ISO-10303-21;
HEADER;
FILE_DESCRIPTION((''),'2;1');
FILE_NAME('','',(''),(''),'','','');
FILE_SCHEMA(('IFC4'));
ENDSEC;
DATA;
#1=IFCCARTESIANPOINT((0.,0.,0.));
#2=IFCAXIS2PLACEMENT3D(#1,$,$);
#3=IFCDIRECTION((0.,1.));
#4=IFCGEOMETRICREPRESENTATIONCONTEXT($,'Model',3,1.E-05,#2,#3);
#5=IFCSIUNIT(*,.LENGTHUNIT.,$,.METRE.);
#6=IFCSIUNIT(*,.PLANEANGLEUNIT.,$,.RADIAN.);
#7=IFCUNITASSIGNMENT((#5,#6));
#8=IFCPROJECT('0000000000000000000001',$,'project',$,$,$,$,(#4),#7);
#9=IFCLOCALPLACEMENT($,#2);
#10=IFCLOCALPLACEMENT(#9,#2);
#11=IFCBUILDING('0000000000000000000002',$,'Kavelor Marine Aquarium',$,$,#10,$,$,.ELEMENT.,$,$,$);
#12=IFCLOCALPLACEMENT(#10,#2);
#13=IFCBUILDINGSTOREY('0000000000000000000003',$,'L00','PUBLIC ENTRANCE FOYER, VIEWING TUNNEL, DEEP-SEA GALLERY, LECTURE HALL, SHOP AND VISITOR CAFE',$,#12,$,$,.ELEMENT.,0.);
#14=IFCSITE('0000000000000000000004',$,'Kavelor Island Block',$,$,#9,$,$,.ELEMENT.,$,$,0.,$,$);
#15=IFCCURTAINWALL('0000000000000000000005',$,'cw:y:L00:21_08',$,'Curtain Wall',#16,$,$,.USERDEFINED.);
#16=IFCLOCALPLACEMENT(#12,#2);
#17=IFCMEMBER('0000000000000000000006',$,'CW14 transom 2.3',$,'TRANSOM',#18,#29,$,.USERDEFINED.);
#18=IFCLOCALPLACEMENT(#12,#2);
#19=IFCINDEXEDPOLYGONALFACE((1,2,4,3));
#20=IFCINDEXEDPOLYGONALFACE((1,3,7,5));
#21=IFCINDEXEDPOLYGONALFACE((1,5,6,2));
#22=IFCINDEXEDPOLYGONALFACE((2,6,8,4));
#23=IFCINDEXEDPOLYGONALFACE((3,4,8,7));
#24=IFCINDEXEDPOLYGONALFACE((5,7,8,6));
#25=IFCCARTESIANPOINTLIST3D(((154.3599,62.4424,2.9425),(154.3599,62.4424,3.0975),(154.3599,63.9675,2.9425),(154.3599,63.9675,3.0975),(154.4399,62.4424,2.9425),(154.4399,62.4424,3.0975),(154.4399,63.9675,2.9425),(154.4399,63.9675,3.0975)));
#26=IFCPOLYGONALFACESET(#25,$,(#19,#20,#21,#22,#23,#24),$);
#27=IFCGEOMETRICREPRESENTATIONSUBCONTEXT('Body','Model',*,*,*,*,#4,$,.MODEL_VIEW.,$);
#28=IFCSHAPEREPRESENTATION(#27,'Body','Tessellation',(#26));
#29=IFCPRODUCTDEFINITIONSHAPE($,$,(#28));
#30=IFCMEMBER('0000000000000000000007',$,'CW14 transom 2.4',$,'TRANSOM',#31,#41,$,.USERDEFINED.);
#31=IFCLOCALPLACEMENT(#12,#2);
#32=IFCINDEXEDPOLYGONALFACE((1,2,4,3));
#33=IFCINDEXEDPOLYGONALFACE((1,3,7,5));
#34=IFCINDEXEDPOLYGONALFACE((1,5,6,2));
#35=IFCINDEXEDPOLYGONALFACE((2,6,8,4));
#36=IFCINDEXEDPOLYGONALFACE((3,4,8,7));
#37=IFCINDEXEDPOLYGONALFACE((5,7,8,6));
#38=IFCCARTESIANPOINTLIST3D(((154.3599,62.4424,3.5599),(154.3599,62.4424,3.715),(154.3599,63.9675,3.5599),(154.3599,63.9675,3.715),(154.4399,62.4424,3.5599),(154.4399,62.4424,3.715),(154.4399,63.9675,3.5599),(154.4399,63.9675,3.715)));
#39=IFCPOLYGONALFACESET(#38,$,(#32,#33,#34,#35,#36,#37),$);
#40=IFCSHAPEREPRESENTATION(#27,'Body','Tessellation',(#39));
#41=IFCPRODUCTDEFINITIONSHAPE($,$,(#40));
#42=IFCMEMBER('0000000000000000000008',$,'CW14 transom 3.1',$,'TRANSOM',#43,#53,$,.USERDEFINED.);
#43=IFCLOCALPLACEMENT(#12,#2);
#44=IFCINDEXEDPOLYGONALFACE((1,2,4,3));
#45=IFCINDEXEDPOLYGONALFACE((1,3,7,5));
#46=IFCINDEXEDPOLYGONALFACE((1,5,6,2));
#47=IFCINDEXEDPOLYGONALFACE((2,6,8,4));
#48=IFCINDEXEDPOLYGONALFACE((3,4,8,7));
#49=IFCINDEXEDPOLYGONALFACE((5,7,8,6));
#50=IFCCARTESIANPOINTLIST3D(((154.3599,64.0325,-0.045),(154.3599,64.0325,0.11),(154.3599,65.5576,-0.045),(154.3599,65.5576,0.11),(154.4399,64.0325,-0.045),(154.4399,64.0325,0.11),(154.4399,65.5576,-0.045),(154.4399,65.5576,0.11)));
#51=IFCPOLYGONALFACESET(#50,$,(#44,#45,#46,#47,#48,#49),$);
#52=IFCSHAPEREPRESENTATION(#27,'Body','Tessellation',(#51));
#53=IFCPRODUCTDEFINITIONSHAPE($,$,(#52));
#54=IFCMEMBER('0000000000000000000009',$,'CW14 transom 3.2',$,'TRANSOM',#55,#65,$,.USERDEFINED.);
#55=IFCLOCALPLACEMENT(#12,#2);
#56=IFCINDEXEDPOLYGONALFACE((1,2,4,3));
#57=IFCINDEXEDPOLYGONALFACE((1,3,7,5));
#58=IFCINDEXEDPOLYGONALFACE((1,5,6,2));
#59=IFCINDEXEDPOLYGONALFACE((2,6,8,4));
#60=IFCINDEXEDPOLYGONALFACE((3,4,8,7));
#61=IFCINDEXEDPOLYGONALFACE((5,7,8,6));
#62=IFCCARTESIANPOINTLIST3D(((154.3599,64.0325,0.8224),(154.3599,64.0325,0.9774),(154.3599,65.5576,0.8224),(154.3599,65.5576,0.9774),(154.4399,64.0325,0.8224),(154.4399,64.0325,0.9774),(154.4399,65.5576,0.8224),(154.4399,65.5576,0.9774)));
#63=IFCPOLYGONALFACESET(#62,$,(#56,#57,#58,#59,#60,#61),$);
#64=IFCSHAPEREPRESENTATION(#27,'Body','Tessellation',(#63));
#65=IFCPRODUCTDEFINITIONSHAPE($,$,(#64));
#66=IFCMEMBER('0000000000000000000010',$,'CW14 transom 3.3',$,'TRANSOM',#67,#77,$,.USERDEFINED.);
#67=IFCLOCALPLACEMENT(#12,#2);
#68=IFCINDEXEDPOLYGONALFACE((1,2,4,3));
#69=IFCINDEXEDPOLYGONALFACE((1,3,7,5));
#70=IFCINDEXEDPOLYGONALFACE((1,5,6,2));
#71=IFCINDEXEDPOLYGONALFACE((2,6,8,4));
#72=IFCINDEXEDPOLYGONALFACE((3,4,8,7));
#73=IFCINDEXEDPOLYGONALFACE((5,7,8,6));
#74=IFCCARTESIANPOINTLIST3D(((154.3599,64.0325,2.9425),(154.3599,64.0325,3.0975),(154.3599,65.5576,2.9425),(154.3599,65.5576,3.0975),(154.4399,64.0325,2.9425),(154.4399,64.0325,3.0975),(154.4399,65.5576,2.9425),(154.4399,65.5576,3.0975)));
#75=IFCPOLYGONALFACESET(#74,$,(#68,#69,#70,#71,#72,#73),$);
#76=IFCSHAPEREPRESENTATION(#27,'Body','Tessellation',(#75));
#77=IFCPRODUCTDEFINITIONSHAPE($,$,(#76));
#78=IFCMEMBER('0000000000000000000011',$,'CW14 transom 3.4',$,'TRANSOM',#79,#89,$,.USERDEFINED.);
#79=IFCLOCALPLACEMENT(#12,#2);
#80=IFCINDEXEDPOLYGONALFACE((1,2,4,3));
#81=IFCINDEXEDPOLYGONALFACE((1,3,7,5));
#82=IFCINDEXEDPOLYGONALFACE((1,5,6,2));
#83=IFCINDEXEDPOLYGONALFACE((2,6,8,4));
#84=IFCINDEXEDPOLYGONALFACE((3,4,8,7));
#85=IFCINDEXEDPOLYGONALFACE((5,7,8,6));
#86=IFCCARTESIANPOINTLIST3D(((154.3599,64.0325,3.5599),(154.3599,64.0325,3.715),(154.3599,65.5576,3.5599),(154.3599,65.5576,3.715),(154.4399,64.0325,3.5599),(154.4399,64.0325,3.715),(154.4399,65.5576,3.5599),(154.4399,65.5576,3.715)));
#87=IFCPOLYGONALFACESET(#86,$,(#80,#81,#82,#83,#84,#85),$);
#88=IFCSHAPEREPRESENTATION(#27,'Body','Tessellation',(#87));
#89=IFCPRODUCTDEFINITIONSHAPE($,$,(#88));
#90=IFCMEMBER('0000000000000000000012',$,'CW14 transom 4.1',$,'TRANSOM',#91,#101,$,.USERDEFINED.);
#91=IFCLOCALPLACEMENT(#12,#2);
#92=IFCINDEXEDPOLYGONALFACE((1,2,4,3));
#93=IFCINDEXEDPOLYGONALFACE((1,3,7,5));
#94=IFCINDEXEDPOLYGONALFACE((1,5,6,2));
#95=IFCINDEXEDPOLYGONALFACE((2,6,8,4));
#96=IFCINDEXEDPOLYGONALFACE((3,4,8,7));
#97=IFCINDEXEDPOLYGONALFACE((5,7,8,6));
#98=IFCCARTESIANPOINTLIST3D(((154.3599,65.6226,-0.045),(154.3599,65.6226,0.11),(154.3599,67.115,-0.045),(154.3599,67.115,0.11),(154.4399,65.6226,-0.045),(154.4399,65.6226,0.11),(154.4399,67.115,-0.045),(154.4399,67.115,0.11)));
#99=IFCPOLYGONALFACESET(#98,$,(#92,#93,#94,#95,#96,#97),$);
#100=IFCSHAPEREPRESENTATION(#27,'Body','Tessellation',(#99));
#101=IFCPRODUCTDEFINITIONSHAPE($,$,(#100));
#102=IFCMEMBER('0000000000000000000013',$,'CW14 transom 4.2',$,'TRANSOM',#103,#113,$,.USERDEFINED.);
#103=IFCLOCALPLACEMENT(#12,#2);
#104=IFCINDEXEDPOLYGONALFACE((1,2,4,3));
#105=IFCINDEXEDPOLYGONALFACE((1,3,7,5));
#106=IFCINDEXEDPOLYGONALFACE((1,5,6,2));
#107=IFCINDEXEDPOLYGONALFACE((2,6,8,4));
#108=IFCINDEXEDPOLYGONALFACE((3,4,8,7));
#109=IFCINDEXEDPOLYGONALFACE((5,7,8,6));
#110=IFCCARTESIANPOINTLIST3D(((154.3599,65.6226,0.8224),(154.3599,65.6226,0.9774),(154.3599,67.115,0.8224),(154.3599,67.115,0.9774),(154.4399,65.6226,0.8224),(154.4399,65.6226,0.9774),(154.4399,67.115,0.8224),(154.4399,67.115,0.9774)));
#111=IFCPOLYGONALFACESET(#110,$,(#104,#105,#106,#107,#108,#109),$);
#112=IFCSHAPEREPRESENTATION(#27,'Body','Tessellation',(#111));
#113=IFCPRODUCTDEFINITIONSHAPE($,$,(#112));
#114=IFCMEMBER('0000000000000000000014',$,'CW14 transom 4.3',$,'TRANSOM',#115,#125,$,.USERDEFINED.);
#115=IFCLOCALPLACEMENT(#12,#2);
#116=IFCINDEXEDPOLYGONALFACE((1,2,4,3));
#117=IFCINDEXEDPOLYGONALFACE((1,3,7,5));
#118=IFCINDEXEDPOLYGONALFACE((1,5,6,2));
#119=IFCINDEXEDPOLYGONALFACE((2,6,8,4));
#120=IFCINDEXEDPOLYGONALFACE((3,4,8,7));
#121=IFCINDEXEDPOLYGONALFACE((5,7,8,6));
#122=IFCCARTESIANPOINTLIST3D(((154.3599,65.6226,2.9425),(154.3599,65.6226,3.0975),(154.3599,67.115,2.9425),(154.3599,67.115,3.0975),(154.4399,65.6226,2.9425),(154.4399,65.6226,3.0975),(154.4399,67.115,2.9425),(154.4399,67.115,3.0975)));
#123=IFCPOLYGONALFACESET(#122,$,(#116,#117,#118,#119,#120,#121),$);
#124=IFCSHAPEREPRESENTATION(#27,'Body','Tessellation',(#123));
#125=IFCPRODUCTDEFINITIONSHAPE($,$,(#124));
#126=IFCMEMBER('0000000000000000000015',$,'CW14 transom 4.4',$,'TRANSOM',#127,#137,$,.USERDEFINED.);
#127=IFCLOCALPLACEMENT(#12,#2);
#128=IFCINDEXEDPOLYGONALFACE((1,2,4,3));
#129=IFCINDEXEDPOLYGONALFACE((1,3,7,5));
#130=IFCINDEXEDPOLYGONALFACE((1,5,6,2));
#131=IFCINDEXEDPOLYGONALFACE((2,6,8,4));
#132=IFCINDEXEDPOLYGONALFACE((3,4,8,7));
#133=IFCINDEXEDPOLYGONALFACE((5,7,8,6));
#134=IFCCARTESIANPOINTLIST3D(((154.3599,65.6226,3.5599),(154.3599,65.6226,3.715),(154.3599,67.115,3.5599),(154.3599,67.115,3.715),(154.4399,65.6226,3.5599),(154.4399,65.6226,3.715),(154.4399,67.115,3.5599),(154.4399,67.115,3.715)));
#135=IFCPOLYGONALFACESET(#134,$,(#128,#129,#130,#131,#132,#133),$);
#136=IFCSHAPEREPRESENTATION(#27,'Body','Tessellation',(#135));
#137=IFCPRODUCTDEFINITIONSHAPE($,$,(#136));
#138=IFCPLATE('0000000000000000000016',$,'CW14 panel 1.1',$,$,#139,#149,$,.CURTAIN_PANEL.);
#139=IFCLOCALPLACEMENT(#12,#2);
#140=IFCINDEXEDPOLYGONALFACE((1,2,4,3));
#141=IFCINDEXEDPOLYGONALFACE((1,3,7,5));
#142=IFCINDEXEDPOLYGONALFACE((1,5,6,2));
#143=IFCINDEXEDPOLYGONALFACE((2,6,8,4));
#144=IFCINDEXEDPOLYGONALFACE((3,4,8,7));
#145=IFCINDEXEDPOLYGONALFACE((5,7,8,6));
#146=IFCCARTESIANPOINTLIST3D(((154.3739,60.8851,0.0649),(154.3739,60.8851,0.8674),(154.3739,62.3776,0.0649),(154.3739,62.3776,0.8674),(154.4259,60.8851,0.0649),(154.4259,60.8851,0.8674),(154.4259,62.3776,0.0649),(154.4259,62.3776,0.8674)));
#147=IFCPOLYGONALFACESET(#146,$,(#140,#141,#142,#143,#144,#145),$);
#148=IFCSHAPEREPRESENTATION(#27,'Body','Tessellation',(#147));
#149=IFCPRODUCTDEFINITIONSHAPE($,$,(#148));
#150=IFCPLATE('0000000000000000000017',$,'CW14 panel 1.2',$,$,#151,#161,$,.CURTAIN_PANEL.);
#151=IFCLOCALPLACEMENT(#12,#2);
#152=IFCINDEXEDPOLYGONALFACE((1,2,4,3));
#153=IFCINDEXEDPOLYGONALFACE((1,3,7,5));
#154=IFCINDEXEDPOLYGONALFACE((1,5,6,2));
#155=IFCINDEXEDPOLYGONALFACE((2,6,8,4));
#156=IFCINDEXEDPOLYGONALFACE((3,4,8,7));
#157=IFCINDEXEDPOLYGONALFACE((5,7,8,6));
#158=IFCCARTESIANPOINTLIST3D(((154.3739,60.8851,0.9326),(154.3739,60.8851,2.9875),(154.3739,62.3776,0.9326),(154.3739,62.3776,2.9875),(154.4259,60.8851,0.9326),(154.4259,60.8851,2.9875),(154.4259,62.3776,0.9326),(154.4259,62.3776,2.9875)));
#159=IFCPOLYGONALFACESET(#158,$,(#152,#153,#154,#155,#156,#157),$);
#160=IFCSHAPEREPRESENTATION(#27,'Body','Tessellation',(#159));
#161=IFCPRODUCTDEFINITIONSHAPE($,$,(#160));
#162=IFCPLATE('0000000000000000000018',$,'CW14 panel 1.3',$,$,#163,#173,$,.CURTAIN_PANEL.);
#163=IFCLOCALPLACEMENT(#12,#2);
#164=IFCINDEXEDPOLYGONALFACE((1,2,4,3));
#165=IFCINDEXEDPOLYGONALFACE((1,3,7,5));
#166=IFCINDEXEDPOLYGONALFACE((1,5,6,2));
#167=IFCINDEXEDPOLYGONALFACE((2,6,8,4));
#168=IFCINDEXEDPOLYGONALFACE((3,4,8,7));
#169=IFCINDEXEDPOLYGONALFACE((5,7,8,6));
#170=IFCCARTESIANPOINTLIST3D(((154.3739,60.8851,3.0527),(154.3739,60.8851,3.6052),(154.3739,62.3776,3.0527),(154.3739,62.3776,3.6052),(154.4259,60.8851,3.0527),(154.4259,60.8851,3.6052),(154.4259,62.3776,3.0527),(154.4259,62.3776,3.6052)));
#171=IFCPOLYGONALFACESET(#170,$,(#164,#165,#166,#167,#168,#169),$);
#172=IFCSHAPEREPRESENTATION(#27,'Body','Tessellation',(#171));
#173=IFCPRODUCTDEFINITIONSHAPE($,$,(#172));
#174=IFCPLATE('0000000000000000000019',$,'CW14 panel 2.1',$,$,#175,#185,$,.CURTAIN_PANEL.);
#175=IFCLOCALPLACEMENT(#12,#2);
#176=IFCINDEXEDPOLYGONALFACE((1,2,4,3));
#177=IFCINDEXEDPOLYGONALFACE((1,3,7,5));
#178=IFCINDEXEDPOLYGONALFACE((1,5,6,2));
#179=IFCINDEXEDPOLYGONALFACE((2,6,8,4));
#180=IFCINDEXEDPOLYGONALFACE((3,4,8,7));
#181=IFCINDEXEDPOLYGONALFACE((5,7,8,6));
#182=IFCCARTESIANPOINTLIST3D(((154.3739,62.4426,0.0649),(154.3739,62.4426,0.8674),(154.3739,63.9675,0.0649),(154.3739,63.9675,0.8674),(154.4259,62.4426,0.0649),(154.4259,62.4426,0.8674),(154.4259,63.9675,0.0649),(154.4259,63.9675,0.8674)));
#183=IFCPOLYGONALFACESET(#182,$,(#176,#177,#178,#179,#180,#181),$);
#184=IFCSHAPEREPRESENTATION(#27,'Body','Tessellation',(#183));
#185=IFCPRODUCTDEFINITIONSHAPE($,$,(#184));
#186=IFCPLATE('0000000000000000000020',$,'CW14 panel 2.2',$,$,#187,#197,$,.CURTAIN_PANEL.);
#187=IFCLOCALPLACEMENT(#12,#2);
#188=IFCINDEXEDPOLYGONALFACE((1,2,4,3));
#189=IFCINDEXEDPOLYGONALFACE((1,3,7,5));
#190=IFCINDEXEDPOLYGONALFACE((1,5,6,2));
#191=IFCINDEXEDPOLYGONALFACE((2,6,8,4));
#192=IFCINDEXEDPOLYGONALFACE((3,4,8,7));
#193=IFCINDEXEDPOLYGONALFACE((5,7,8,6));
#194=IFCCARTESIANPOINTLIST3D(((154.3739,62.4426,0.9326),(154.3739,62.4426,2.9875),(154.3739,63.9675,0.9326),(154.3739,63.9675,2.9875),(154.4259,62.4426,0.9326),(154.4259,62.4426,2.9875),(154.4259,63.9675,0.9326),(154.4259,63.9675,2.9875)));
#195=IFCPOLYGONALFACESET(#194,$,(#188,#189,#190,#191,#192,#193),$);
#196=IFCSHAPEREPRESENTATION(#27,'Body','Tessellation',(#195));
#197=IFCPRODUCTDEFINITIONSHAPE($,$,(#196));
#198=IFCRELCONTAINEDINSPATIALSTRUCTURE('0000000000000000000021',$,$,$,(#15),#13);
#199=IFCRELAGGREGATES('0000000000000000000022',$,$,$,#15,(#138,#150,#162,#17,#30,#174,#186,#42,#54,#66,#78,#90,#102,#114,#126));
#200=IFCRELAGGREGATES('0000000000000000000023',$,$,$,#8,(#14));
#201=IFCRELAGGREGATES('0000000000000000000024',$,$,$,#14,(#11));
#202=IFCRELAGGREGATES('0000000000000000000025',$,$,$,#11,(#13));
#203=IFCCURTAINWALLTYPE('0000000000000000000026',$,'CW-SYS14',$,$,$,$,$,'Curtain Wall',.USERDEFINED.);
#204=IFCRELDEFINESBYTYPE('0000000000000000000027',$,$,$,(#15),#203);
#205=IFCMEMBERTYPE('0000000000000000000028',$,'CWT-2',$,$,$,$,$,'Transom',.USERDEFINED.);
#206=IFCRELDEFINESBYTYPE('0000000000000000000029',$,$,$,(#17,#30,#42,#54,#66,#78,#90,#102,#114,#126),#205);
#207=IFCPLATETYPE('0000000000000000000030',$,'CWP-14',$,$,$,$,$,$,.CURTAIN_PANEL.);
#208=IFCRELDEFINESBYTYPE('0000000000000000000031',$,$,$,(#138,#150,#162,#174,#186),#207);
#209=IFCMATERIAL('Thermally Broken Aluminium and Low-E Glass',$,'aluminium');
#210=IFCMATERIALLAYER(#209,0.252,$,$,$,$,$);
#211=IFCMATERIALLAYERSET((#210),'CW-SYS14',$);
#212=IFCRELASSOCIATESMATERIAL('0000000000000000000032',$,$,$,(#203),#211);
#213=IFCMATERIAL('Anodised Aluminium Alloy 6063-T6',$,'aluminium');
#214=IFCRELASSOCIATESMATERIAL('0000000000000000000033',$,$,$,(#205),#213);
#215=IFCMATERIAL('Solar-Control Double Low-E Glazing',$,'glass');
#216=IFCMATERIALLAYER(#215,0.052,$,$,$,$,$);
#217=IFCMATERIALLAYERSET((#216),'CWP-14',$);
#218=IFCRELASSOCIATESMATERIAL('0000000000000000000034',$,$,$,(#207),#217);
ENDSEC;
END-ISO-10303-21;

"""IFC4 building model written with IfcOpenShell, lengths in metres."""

from ifc_helpers import new_model, si_unit, direction, frame, origin, origin_2d, place, context, subcontext, project, spatial, rectangle, extrude, material, layer, layer_set, material_profile, profile_set, type_object, element, aggregate, save


model = new_model("IFC4")

# Units and contexts
model_context = context("Model", 3, precision=1e-05, world=origin(), true_north=direction((0.0, 1.0)))
body_context = subcontext(model_context, "Body", "Model", "MODEL_VIEW")
ifc_project = project(units=[si_unit("LENGTHUNIT", "METRE"), si_unit("PLANEANGLEUNIT", "RADIAN")], contexts=[model_context])

# Site, building, storey
site_placement = place(None, origin())
site = spatial("IfcSite", under=ifc_project, at=site_placement, Name="Kavelor Island Block", CompositionType="ELEMENT", RefElevation=0.0)
building_placement = place(site_placement, origin())
building = spatial("IfcBuilding", under=site, at=building_placement, Name="Kavelor Marine Aquarium", CompositionType="ELEMENT")
storey_placement = place(building_placement, origin())
storey = spatial("IfcBuildingStorey", under=building, at=storey_placement, Name="L00", Description="PUBLIC ENTRANCE FOYER, VIEWING TUNNEL, DEEP-SEA GALLERY, LECTURE HALL, SHOP AND VISITOR CAFE", CompositionType="ELEMENT", Elevation=0.0)

# Curtain wall, members, plates
ifc_material_1 = material(Name="Thermally Broken Aluminium and Low-E Glass", Category="aluminium")
ifc_layer_1 = layer(ifc_material_1, 0.252)
ifc_layer_set_1 = layer_set([ifc_layer_1], Name="CW-SYS14")
curtain_wall_type = type_object("IfcCurtainWallType", Name="CW-SYS14", ElementType="Curtain Wall", PredefinedType="USERDEFINED", material=ifc_layer_set_1)
curtain_wall_placement = place(storey_placement, origin())
curtain_wall = element("IfcCurtainWall", 1, at=curtain_wall_placement, inside=storey, type_object=curtain_wall_type, Name="cw:y:L00:21_08", ObjectType="Curtain Wall", PredefinedType="USERDEFINED")
ifc_material_2 = material(Name="Anodised Aluminium Alloy 6063-T6", Category="aluminium")
ifc_material_profile_1 = material_profile(ifc_material_2, rectangle(XDim=0.0801, YDim=0.155, at=origin_2d()), Name="CW-TRN 80x155")
ifc_profile_set_1 = profile_set([ifc_material_profile_1], Name="Anodised Aluminium Alloy 6063-T6")
member_type_1 = type_object("IfcMemberType", Name="CWT-2", ElementType="Transom", PredefinedType="USERDEFINED", material=ifc_profile_set_1)
member_1_placement = place(storey_placement, frame((154.3999, 62.4424, 3.02), z_axis=(0.0, 1.0, 0.0), x_axis=(-1.0, 0.0, 0.0)))
member_1 = element("IfcMember", 2, at=member_1_placement, type_object=member_type_1, Name="CW14 transom 2.3", ObjectType="TRANSOM", PredefinedType="USERDEFINED", context=body_context, shape_type="SweptSolid", body=[
    extrude(rectangle(XDim=0.0801, YDim=0.155, at=origin_2d()), origin(), (0.0, 0.0, 1.0), 1.5251),
])
member_2_placement = place(storey_placement, frame((154.3999, 62.4424, 3.6375), z_axis=(0.0, 1.0, 0.0), x_axis=(-1.0, 0.0, 0.0)))
member_2 = element("IfcMember", 3, at=member_2_placement, type_object=member_type_1, Name="CW14 transom 2.4", ObjectType="TRANSOM", PredefinedType="USERDEFINED", context=body_context, shape_type="SweptSolid", body=[
    extrude(rectangle(XDim=0.0801, YDim=0.155, at=origin_2d()), origin(), (0.0, 0.0, 1.0), 1.5251),
])
member_3_placement = place(storey_placement, frame((154.3999, 64.0325, 0.0325), z_axis=(0.0, 1.0, 0.0), x_axis=(-1.0, 0.0, 0.0)))
member_3 = element("IfcMember", 4, at=member_3_placement, type_object=member_type_1, Name="CW14 transom 3.1", ObjectType="TRANSOM", PredefinedType="USERDEFINED", context=body_context, shape_type="SweptSolid", body=[
    extrude(rectangle(XDim=0.0801, YDim=0.155, at=origin_2d()), origin(), (0.0, 0.0, 1.0), 1.5251),
])
member_4_placement = place(storey_placement, frame((154.3999, 64.0325, 0.8999), z_axis=(0.0, 1.0, 0.0), x_axis=(-1.0, 0.0, 0.0)))
member_4 = element("IfcMember", 5, at=member_4_placement, type_object=member_type_1, Name="CW14 transom 3.2", ObjectType="TRANSOM", PredefinedType="USERDEFINED", context=body_context, shape_type="SweptSolid", body=[
    extrude(rectangle(XDim=0.0801, YDim=0.155, at=origin_2d()), origin(), (0.0, 0.0, 1.0), 1.5251),
])
member_5_placement = place(storey_placement, frame((154.3999, 64.0325, 3.02), z_axis=(0.0, 1.0, 0.0), x_axis=(-1.0, 0.0, 0.0)))
member_5 = element("IfcMember", 6, at=member_5_placement, type_object=member_type_1, Name="CW14 transom 3.3", ObjectType="TRANSOM", PredefinedType="USERDEFINED", context=body_context, shape_type="SweptSolid", body=[
    extrude(rectangle(XDim=0.0801, YDim=0.155, at=origin_2d()), origin(), (0.0, 0.0, 1.0), 1.5251),
])
member_6_placement = place(storey_placement, frame((154.3999, 64.0325, 3.6375), z_axis=(0.0, 1.0, 0.0), x_axis=(-1.0, 0.0, 0.0)))
member_6 = element("IfcMember", 7, at=member_6_placement, type_object=member_type_1, Name="CW14 transom 3.4", ObjectType="TRANSOM", PredefinedType="USERDEFINED", context=body_context, shape_type="SweptSolid", body=[
    extrude(rectangle(XDim=0.0801, YDim=0.155, at=origin_2d()), origin(), (0.0, 0.0, 1.0), 1.5251),
])
member_7_placement = place(storey_placement, frame((154.3999, 65.6226, 0.0325), z_axis=(0.0, 1.0, 0.0), x_axis=(-1.0, 0.0, 0.0)))
member_7 = element("IfcMember", 8, at=member_7_placement, type_object=member_type_1, Name="CW14 transom 4.1", ObjectType="TRANSOM", PredefinedType="USERDEFINED", context=body_context, shape_type="SweptSolid", body=[
    extrude(rectangle(XDim=0.0801, YDim=0.155, at=origin_2d()), origin(), (0.0, 0.0, 1.0), 1.4924),
])
member_8_placement = place(storey_placement, frame((154.3999, 65.6226, 0.8999), z_axis=(0.0, 1.0, 0.0), x_axis=(-1.0, 0.0, 0.0)))
member_8 = element("IfcMember", 9, at=member_8_placement, type_object=member_type_1, Name="CW14 transom 4.2", ObjectType="TRANSOM", PredefinedType="USERDEFINED", context=body_context, shape_type="SweptSolid", body=[
    extrude(rectangle(XDim=0.0801, YDim=0.155, at=origin_2d()), origin(), (0.0, 0.0, 1.0), 1.4924),
])
member_9_placement = place(storey_placement, frame((154.3999, 65.6226, 3.02), z_axis=(0.0, 1.0, 0.0), x_axis=(-1.0, 0.0, 0.0)))
member_9 = element("IfcMember", 10, at=member_9_placement, type_object=member_type_1, Name="CW14 transom 4.3", ObjectType="TRANSOM", PredefinedType="USERDEFINED", context=body_context, shape_type="SweptSolid", body=[
    extrude(rectangle(XDim=0.0801, YDim=0.155, at=origin_2d()), origin(), (0.0, 0.0, 1.0), 1.4924),
])
member_10_placement = place(storey_placement, frame((154.3999, 65.6226, 3.6375), z_axis=(0.0, 1.0, 0.0), x_axis=(-1.0, 0.0, 0.0)))
member_10 = element("IfcMember", 11, at=member_10_placement, type_object=member_type_1, Name="CW14 transom 4.4", ObjectType="TRANSOM", PredefinedType="USERDEFINED", context=body_context, shape_type="SweptSolid", body=[
    extrude(rectangle(XDim=0.0801, YDim=0.155, at=origin_2d()), origin(), (0.0, 0.0, 1.0), 1.4924),
])
ifc_material_3 = material(Name="Solar-Control Double Low-E Glazing", Category="glass")
ifc_layer_2 = layer(ifc_material_3, 0.052)
ifc_layer_set_2 = layer_set([ifc_layer_2], Name="CWP-14")
plate_type = type_object("IfcPlateType", Name="CWP-14", PredefinedType="CURTAIN_PANEL", material=ifc_layer_set_2)
plate_1_placement = place(storey_placement, frame((154.3999, 61.6313, 0.0649), z_axis=(0.0, 0.0, 1.0), x_axis=(0.0, 1.0, 0.0)))
plate_1 = element("IfcPlate", 12, at=plate_1_placement, type_object=plate_type, Name="CW14 panel 1.1", PredefinedType="CURTAIN_PANEL", context=body_context, shape_type="SweptSolid", body=[
    extrude(rectangle(XDim=1.4924, YDim=0.052, at=origin_2d()), origin(), (0.0, 0.0, 1.0), 0.8025),
])
plate_2_placement = place(storey_placement, frame((154.3999, 61.6313, 0.9326), z_axis=(0.0, 0.0, 1.0), x_axis=(0.0, 1.0, 0.0)))
plate_2 = element("IfcPlate", 13, at=plate_2_placement, type_object=plate_type, Name="CW14 panel 1.2", PredefinedType="CURTAIN_PANEL", context=body_context, shape_type="SweptSolid", body=[
    extrude(rectangle(XDim=1.4924, YDim=0.052, at=origin_2d()), origin(), (0.0, 0.0, 1.0), 2.0549),
])
plate_3_placement = place(storey_placement, frame((154.3999, 61.6313, 3.0527), z_axis=(0.0, 0.0, 1.0), x_axis=(0.0, 1.0, 0.0)))
plate_3 = element("IfcPlate", 14, at=plate_3_placement, type_object=plate_type, Name="CW14 panel 1.3", PredefinedType="CURTAIN_PANEL", context=body_context, shape_type="SweptSolid", body=[
    extrude(rectangle(XDim=1.4924, YDim=0.052, at=origin_2d()), origin(), (0.0, 0.0, 1.0), 0.5525),
])
plate_4_placement = place(storey_placement, frame((154.3999, 63.2051, 0.0649), z_axis=(0.0, 0.0, 1.0), x_axis=(0.0, 1.0, 0.0)))
plate_4 = element("IfcPlate", 15, at=plate_4_placement, type_object=plate_type, Name="CW14 panel 2.1", PredefinedType="CURTAIN_PANEL", context=body_context, shape_type="SweptSolid", body=[
    extrude(rectangle(XDim=1.5249, YDim=0.052, at=origin_2d()), origin(), (0.0, 0.0, 1.0), 0.8025),
])
plate_5_placement = place(storey_placement, frame((154.3999, 63.2051, 0.9326), z_axis=(0.0, 0.0, 1.0), x_axis=(0.0, 1.0, 0.0)))
plate_5 = element("IfcPlate", 16, at=plate_5_placement, type_object=plate_type, Name="CW14 panel 2.2", PredefinedType="CURTAIN_PANEL", context=body_context, shape_type="SweptSolid", body=[
    extrude(rectangle(XDim=1.5249, YDim=0.052, at=origin_2d()), origin(), (0.0, 0.0, 1.0), 2.0549),
])
aggregate(curtain_wall, [plate_1, plate_2, plate_3, member_1, member_2, plate_4, plate_5, member_3, member_4, member_5, member_6, member_7, member_8, member_9, member_10])

save(model, "model.ifc")
